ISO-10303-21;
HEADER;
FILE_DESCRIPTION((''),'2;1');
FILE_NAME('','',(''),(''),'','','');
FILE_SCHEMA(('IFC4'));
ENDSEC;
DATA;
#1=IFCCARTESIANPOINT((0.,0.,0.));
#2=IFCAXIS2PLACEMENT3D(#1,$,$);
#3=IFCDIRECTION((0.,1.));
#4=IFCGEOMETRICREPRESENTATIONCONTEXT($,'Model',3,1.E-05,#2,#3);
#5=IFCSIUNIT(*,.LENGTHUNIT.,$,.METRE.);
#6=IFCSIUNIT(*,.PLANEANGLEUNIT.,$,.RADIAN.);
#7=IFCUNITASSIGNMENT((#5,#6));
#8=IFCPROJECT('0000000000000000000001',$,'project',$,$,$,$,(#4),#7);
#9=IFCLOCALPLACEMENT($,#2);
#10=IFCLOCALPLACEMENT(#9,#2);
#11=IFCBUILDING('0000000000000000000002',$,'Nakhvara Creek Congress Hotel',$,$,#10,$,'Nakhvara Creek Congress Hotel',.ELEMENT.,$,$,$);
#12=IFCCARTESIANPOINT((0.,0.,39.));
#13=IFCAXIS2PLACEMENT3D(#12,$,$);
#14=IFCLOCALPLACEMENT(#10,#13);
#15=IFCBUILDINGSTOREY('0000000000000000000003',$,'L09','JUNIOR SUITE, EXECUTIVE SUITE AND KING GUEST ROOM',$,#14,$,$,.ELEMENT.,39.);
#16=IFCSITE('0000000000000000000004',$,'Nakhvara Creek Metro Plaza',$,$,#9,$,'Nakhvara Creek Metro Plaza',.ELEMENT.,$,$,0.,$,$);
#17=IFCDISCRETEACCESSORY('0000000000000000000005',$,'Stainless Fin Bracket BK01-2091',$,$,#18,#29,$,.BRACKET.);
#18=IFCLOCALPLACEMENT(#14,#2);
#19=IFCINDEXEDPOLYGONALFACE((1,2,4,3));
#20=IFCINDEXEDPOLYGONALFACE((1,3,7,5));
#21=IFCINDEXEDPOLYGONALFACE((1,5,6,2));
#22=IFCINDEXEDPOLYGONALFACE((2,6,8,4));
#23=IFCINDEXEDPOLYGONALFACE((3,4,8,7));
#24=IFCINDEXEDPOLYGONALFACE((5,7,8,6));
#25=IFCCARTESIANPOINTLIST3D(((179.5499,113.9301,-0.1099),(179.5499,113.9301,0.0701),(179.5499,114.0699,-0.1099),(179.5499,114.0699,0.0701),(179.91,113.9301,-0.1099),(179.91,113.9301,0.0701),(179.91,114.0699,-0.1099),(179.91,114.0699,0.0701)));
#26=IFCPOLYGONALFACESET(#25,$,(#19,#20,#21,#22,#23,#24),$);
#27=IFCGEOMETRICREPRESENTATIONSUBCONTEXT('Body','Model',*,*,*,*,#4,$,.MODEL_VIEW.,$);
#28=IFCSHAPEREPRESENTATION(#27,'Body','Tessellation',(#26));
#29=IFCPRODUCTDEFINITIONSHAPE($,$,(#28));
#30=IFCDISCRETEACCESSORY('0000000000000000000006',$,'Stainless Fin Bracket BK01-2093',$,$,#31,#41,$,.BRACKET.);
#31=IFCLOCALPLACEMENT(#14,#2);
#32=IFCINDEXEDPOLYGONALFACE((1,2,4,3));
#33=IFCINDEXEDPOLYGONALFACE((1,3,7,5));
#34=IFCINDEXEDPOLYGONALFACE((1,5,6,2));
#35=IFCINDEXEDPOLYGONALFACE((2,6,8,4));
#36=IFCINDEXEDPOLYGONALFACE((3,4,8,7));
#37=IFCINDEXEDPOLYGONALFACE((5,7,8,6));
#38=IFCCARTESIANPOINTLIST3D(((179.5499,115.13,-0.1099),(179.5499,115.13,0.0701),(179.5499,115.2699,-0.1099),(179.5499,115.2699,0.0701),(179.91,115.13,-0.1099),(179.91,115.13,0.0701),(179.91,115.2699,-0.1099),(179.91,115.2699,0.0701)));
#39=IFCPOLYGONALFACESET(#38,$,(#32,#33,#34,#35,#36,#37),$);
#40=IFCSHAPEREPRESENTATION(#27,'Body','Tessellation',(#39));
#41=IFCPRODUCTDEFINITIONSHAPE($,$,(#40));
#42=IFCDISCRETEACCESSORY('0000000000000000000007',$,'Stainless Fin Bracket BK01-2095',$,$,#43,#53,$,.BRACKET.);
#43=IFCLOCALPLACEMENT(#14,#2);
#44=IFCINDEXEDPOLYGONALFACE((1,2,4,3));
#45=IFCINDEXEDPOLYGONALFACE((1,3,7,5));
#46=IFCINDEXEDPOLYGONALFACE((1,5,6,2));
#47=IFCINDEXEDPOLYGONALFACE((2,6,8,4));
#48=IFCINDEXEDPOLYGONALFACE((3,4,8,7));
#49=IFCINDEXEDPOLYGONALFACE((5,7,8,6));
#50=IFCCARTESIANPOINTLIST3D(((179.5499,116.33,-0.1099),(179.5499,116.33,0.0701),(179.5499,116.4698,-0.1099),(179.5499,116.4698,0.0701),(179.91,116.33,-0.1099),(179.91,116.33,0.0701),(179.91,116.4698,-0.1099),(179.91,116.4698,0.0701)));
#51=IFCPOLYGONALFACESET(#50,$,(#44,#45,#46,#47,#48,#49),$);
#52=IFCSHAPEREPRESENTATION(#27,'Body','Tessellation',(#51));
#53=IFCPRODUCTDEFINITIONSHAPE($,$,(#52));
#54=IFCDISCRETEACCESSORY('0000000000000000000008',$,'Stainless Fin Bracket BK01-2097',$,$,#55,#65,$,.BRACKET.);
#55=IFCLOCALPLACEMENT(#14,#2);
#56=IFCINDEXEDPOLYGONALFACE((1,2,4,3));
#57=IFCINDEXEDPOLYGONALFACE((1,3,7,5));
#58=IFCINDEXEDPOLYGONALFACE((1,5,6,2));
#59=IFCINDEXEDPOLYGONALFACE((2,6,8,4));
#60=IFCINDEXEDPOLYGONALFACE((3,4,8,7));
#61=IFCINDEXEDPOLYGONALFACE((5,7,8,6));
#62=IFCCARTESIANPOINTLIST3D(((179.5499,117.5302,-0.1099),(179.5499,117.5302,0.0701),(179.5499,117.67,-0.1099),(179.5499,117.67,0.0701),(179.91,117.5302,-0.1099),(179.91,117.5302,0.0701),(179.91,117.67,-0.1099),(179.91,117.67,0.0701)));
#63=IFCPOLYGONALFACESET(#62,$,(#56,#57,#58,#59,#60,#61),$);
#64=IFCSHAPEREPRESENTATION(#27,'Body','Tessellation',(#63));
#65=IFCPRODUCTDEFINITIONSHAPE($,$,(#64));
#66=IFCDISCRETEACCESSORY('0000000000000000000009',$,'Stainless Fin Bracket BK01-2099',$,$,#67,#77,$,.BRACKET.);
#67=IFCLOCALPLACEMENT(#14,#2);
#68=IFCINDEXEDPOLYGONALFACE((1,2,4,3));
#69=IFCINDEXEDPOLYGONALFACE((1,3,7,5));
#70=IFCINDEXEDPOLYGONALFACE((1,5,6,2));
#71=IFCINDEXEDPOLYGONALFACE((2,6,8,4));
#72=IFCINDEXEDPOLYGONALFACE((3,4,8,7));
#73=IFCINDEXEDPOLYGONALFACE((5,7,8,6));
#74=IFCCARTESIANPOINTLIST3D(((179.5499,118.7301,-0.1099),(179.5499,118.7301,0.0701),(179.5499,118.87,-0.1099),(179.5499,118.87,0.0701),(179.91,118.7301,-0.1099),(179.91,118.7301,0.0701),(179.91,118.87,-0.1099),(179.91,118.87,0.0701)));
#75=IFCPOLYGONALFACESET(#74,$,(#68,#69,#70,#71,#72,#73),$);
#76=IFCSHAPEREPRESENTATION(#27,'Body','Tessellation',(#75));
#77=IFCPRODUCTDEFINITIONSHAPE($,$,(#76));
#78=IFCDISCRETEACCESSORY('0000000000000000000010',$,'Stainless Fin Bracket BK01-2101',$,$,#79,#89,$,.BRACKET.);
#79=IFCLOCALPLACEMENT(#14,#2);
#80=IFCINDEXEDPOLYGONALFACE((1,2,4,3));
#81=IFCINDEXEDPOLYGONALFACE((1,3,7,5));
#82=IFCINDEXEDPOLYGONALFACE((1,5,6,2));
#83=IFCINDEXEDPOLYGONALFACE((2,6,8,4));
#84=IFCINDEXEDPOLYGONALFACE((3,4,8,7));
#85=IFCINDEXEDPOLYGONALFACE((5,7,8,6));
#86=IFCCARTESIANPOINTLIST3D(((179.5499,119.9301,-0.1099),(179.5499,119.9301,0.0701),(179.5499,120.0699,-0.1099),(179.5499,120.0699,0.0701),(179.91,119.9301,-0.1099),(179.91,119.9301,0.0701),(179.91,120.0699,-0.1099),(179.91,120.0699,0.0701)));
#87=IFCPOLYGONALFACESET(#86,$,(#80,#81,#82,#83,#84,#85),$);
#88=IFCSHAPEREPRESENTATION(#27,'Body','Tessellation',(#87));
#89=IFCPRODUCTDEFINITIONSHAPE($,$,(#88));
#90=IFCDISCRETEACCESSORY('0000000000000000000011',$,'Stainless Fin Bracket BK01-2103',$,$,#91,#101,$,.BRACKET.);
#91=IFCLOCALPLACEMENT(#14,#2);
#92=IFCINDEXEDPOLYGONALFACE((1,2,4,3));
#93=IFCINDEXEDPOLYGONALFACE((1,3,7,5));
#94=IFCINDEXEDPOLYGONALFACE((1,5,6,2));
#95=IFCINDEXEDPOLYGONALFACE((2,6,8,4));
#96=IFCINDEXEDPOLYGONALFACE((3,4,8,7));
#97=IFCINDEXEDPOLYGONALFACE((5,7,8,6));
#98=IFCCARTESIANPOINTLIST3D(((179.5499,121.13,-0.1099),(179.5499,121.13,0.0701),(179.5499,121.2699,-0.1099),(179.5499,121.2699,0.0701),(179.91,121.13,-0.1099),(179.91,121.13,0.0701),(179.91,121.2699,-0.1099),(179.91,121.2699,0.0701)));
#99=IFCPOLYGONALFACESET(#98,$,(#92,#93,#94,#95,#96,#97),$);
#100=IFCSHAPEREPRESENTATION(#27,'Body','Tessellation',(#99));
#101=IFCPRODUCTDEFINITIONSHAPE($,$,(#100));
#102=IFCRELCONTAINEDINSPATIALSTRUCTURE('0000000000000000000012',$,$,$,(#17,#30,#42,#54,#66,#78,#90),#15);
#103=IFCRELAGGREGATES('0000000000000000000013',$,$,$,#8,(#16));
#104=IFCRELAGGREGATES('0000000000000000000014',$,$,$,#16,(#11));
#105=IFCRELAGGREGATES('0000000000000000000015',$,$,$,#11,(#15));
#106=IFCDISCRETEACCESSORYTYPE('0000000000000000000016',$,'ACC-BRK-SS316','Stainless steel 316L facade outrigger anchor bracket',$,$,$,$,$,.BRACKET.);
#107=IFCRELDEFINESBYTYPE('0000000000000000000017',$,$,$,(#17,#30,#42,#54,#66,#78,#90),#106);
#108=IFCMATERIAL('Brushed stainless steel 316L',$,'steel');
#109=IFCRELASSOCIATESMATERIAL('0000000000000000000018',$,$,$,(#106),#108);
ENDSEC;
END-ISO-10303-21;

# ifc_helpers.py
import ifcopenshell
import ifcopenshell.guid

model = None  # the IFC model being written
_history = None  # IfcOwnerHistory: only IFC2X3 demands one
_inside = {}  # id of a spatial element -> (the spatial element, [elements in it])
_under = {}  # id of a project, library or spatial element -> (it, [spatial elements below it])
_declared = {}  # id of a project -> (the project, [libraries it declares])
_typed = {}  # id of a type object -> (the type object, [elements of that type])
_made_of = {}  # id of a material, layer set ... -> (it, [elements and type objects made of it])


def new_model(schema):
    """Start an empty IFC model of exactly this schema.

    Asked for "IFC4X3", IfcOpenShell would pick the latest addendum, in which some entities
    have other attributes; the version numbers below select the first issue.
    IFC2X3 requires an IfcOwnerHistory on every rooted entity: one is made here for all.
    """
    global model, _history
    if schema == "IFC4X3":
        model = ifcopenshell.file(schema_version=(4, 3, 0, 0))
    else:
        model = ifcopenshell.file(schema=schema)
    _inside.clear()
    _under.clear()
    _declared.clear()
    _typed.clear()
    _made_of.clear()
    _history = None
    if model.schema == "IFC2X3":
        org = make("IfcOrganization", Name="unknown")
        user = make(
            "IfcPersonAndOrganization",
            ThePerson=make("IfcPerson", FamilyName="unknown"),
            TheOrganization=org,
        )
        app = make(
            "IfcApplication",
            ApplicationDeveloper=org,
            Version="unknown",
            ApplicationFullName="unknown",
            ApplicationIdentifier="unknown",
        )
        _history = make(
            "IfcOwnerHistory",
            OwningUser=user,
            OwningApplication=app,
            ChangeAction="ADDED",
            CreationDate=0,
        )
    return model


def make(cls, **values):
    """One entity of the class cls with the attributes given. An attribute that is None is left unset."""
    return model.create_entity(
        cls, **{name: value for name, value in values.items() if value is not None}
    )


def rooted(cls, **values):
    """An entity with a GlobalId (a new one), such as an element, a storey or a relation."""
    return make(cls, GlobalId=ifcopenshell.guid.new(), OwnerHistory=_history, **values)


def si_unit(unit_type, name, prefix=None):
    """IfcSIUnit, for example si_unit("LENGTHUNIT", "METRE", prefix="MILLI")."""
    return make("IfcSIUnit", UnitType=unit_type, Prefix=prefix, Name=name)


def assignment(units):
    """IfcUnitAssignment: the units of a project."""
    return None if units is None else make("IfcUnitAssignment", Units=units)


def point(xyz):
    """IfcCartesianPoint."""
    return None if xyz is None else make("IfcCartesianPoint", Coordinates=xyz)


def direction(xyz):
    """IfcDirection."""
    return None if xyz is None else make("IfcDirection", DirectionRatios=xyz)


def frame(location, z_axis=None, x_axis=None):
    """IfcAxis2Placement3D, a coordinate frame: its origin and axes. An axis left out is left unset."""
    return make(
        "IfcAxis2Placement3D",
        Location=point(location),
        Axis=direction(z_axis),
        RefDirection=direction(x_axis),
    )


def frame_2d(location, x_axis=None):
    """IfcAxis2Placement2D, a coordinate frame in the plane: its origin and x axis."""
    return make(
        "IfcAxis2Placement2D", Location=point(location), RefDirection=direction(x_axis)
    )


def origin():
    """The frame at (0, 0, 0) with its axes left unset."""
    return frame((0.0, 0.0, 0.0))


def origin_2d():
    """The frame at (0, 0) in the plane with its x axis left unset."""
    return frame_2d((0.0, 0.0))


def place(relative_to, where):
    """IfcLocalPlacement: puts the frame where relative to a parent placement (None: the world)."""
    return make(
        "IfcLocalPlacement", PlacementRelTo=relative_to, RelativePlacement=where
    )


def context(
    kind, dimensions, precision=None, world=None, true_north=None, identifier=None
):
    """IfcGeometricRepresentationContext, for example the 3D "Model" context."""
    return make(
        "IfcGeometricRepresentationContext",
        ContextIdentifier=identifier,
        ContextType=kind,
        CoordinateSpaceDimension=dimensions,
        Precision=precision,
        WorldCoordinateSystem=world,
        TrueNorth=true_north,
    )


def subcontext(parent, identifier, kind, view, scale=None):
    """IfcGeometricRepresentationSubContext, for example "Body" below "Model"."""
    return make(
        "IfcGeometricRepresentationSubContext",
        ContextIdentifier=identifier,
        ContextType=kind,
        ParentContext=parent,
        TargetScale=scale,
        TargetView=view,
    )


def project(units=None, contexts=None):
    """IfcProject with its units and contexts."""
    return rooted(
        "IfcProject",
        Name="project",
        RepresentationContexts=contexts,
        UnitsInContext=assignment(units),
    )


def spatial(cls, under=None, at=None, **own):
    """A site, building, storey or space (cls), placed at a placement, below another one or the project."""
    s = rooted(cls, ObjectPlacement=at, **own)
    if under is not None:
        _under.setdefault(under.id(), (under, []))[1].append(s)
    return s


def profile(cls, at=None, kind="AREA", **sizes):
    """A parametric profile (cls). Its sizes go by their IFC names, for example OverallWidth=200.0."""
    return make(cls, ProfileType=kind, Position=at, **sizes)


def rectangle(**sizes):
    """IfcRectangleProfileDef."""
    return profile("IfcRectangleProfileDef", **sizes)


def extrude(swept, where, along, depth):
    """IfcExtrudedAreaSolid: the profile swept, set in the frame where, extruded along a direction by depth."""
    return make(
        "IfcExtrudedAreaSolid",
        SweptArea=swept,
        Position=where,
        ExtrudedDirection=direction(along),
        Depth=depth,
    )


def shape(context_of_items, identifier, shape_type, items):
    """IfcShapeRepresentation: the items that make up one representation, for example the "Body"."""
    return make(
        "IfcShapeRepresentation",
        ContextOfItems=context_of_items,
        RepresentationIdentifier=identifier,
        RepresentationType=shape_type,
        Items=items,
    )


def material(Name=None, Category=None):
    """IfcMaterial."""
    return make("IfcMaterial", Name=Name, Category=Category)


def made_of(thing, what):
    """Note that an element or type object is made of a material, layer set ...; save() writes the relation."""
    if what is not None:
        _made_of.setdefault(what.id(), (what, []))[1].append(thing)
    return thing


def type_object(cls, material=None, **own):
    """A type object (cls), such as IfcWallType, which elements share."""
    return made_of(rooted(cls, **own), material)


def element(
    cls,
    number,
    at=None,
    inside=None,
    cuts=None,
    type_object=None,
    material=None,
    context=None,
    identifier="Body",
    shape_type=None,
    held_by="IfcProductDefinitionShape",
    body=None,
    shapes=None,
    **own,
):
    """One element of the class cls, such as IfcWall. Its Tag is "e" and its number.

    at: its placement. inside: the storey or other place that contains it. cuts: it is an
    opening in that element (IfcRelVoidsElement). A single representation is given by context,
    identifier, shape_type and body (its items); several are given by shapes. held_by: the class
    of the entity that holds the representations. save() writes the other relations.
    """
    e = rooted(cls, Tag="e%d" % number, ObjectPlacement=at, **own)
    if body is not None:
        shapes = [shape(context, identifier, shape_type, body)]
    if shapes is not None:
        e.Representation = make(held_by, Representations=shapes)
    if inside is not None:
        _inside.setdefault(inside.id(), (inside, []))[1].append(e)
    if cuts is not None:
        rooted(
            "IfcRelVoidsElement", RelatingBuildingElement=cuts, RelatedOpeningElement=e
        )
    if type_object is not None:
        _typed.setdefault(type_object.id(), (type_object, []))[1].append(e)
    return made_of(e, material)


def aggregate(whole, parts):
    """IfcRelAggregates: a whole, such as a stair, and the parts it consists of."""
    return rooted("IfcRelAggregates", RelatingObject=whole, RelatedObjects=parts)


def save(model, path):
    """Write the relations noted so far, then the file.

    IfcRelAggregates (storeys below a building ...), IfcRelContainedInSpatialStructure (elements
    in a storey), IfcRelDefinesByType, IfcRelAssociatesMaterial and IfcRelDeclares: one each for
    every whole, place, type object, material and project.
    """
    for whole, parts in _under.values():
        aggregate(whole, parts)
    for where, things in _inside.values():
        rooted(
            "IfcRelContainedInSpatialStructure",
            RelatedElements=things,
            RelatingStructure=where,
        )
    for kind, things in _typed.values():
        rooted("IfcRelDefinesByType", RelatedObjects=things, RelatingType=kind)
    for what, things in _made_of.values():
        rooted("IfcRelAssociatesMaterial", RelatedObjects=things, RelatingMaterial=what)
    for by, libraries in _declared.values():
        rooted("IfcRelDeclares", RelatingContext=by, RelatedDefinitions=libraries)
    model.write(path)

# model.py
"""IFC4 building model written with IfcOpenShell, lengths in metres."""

from ifc_helpers import new_model, si_unit, direction, frame, origin, origin_2d, place, context, subcontext, project, spatial, rectangle, extrude, material, type_object, element, save


model = new_model("IFC4")

# Units and contexts
model_context = context("Model", 3, precision=1e-05, world=origin(), true_north=direction((0.0, 1.0)))
body_context = subcontext(model_context, "Body", "Model", "MODEL_VIEW")
ifc_project = project(units=[si_unit("LENGTHUNIT", "METRE"), si_unit("PLANEANGLEUNIT", "RADIAN")], contexts=[model_context])

# Site, building, storey
site_placement = place(None, origin())
site = spatial("IfcSite", under=ifc_project, at=site_placement, Name="Nakhvara Creek Metro Plaza", LongName="Nakhvara Creek Metro Plaza", CompositionType="ELEMENT", RefElevation=0.0)
building_placement = place(site_placement, origin())
building = spatial("IfcBuilding", under=site, at=building_placement, Name="Nakhvara Creek Congress Hotel", LongName="Nakhvara Creek Congress Hotel", CompositionType="ELEMENT")
storey_placement = place(building_placement, frame((0.0, 0.0, 39.0)))
storey = spatial("IfcBuildingStorey", under=building, at=storey_placement, Name="L09", Description="JUNIOR SUITE, EXECUTIVE SUITE AND KING GUEST ROOM", CompositionType="ELEMENT", Elevation=39.0)

# Discrete accessories
ifc_material_1 = material(Name="Brushed stainless steel 316L", Category="steel")
discrete_accessory_type = type_object("IfcDiscreteAccessoryType", Name="ACC-BRK-SS316", Description="Stainless steel 316L facade outrigger anchor bracket", PredefinedType="BRACKET", material=ifc_material_1)
for number, where, z_axis, x_axis, name in (
    (1, (179.73, 114.0, -0.1099), (0.0, 0.0, 1.0), (0.0, 1.0, 0.0), "Stainless Fin Bracket BK01-2091"),
    (2, (179.73, 115.2, -0.1099), (0.0, 0.0, 1.0), (0.0, 1.0, 0.0), "Stainless Fin Bracket BK01-2093"),
    (3, (179.73, 116.3999, -0.1099), (0.0, 0.0, 1.0), (0.0, 1.0, 0.0), "Stainless Fin Bracket BK01-2095"),
    (4, (179.73, 117.6001, -0.1099), (0.0, 0.0, 1.0), (0.0, 1.0, 0.0), "Stainless Fin Bracket BK01-2097"),
    (5, (179.73, 118.8, -0.1099), (0.0, 0.0, 1.0), (0.0, 1.0, 0.0), "Stainless Fin Bracket BK01-2099"),
    (6, (179.73, 120.0, -0.1099), (0.0, 0.0, 1.0), (0.0, 1.0, 0.0), "Stainless Fin Bracket BK01-2101"),
    (7, (179.73, 121.2, -0.1099), (0.0, 0.0, 1.0), (0.0, 1.0, 0.0), "Stainless Fin Bracket BK01-2103"),
):
    element("IfcDiscreteAccessory", number, at=place(storey_placement, frame(where, z_axis=z_axis, x_axis=x_axis)), inside=storey, type_object=discrete_accessory_type, Name=name, PredefinedType="BRACKET", context=body_context, shape_type="SweptSolid", body=[
        extrude(rectangle(XDim=0.1399, YDim=0.3601, at=origin_2d()), origin(), (0.0, 0.0, 1.0), 0.1799),
    ])

save(model, "model.ifc")
